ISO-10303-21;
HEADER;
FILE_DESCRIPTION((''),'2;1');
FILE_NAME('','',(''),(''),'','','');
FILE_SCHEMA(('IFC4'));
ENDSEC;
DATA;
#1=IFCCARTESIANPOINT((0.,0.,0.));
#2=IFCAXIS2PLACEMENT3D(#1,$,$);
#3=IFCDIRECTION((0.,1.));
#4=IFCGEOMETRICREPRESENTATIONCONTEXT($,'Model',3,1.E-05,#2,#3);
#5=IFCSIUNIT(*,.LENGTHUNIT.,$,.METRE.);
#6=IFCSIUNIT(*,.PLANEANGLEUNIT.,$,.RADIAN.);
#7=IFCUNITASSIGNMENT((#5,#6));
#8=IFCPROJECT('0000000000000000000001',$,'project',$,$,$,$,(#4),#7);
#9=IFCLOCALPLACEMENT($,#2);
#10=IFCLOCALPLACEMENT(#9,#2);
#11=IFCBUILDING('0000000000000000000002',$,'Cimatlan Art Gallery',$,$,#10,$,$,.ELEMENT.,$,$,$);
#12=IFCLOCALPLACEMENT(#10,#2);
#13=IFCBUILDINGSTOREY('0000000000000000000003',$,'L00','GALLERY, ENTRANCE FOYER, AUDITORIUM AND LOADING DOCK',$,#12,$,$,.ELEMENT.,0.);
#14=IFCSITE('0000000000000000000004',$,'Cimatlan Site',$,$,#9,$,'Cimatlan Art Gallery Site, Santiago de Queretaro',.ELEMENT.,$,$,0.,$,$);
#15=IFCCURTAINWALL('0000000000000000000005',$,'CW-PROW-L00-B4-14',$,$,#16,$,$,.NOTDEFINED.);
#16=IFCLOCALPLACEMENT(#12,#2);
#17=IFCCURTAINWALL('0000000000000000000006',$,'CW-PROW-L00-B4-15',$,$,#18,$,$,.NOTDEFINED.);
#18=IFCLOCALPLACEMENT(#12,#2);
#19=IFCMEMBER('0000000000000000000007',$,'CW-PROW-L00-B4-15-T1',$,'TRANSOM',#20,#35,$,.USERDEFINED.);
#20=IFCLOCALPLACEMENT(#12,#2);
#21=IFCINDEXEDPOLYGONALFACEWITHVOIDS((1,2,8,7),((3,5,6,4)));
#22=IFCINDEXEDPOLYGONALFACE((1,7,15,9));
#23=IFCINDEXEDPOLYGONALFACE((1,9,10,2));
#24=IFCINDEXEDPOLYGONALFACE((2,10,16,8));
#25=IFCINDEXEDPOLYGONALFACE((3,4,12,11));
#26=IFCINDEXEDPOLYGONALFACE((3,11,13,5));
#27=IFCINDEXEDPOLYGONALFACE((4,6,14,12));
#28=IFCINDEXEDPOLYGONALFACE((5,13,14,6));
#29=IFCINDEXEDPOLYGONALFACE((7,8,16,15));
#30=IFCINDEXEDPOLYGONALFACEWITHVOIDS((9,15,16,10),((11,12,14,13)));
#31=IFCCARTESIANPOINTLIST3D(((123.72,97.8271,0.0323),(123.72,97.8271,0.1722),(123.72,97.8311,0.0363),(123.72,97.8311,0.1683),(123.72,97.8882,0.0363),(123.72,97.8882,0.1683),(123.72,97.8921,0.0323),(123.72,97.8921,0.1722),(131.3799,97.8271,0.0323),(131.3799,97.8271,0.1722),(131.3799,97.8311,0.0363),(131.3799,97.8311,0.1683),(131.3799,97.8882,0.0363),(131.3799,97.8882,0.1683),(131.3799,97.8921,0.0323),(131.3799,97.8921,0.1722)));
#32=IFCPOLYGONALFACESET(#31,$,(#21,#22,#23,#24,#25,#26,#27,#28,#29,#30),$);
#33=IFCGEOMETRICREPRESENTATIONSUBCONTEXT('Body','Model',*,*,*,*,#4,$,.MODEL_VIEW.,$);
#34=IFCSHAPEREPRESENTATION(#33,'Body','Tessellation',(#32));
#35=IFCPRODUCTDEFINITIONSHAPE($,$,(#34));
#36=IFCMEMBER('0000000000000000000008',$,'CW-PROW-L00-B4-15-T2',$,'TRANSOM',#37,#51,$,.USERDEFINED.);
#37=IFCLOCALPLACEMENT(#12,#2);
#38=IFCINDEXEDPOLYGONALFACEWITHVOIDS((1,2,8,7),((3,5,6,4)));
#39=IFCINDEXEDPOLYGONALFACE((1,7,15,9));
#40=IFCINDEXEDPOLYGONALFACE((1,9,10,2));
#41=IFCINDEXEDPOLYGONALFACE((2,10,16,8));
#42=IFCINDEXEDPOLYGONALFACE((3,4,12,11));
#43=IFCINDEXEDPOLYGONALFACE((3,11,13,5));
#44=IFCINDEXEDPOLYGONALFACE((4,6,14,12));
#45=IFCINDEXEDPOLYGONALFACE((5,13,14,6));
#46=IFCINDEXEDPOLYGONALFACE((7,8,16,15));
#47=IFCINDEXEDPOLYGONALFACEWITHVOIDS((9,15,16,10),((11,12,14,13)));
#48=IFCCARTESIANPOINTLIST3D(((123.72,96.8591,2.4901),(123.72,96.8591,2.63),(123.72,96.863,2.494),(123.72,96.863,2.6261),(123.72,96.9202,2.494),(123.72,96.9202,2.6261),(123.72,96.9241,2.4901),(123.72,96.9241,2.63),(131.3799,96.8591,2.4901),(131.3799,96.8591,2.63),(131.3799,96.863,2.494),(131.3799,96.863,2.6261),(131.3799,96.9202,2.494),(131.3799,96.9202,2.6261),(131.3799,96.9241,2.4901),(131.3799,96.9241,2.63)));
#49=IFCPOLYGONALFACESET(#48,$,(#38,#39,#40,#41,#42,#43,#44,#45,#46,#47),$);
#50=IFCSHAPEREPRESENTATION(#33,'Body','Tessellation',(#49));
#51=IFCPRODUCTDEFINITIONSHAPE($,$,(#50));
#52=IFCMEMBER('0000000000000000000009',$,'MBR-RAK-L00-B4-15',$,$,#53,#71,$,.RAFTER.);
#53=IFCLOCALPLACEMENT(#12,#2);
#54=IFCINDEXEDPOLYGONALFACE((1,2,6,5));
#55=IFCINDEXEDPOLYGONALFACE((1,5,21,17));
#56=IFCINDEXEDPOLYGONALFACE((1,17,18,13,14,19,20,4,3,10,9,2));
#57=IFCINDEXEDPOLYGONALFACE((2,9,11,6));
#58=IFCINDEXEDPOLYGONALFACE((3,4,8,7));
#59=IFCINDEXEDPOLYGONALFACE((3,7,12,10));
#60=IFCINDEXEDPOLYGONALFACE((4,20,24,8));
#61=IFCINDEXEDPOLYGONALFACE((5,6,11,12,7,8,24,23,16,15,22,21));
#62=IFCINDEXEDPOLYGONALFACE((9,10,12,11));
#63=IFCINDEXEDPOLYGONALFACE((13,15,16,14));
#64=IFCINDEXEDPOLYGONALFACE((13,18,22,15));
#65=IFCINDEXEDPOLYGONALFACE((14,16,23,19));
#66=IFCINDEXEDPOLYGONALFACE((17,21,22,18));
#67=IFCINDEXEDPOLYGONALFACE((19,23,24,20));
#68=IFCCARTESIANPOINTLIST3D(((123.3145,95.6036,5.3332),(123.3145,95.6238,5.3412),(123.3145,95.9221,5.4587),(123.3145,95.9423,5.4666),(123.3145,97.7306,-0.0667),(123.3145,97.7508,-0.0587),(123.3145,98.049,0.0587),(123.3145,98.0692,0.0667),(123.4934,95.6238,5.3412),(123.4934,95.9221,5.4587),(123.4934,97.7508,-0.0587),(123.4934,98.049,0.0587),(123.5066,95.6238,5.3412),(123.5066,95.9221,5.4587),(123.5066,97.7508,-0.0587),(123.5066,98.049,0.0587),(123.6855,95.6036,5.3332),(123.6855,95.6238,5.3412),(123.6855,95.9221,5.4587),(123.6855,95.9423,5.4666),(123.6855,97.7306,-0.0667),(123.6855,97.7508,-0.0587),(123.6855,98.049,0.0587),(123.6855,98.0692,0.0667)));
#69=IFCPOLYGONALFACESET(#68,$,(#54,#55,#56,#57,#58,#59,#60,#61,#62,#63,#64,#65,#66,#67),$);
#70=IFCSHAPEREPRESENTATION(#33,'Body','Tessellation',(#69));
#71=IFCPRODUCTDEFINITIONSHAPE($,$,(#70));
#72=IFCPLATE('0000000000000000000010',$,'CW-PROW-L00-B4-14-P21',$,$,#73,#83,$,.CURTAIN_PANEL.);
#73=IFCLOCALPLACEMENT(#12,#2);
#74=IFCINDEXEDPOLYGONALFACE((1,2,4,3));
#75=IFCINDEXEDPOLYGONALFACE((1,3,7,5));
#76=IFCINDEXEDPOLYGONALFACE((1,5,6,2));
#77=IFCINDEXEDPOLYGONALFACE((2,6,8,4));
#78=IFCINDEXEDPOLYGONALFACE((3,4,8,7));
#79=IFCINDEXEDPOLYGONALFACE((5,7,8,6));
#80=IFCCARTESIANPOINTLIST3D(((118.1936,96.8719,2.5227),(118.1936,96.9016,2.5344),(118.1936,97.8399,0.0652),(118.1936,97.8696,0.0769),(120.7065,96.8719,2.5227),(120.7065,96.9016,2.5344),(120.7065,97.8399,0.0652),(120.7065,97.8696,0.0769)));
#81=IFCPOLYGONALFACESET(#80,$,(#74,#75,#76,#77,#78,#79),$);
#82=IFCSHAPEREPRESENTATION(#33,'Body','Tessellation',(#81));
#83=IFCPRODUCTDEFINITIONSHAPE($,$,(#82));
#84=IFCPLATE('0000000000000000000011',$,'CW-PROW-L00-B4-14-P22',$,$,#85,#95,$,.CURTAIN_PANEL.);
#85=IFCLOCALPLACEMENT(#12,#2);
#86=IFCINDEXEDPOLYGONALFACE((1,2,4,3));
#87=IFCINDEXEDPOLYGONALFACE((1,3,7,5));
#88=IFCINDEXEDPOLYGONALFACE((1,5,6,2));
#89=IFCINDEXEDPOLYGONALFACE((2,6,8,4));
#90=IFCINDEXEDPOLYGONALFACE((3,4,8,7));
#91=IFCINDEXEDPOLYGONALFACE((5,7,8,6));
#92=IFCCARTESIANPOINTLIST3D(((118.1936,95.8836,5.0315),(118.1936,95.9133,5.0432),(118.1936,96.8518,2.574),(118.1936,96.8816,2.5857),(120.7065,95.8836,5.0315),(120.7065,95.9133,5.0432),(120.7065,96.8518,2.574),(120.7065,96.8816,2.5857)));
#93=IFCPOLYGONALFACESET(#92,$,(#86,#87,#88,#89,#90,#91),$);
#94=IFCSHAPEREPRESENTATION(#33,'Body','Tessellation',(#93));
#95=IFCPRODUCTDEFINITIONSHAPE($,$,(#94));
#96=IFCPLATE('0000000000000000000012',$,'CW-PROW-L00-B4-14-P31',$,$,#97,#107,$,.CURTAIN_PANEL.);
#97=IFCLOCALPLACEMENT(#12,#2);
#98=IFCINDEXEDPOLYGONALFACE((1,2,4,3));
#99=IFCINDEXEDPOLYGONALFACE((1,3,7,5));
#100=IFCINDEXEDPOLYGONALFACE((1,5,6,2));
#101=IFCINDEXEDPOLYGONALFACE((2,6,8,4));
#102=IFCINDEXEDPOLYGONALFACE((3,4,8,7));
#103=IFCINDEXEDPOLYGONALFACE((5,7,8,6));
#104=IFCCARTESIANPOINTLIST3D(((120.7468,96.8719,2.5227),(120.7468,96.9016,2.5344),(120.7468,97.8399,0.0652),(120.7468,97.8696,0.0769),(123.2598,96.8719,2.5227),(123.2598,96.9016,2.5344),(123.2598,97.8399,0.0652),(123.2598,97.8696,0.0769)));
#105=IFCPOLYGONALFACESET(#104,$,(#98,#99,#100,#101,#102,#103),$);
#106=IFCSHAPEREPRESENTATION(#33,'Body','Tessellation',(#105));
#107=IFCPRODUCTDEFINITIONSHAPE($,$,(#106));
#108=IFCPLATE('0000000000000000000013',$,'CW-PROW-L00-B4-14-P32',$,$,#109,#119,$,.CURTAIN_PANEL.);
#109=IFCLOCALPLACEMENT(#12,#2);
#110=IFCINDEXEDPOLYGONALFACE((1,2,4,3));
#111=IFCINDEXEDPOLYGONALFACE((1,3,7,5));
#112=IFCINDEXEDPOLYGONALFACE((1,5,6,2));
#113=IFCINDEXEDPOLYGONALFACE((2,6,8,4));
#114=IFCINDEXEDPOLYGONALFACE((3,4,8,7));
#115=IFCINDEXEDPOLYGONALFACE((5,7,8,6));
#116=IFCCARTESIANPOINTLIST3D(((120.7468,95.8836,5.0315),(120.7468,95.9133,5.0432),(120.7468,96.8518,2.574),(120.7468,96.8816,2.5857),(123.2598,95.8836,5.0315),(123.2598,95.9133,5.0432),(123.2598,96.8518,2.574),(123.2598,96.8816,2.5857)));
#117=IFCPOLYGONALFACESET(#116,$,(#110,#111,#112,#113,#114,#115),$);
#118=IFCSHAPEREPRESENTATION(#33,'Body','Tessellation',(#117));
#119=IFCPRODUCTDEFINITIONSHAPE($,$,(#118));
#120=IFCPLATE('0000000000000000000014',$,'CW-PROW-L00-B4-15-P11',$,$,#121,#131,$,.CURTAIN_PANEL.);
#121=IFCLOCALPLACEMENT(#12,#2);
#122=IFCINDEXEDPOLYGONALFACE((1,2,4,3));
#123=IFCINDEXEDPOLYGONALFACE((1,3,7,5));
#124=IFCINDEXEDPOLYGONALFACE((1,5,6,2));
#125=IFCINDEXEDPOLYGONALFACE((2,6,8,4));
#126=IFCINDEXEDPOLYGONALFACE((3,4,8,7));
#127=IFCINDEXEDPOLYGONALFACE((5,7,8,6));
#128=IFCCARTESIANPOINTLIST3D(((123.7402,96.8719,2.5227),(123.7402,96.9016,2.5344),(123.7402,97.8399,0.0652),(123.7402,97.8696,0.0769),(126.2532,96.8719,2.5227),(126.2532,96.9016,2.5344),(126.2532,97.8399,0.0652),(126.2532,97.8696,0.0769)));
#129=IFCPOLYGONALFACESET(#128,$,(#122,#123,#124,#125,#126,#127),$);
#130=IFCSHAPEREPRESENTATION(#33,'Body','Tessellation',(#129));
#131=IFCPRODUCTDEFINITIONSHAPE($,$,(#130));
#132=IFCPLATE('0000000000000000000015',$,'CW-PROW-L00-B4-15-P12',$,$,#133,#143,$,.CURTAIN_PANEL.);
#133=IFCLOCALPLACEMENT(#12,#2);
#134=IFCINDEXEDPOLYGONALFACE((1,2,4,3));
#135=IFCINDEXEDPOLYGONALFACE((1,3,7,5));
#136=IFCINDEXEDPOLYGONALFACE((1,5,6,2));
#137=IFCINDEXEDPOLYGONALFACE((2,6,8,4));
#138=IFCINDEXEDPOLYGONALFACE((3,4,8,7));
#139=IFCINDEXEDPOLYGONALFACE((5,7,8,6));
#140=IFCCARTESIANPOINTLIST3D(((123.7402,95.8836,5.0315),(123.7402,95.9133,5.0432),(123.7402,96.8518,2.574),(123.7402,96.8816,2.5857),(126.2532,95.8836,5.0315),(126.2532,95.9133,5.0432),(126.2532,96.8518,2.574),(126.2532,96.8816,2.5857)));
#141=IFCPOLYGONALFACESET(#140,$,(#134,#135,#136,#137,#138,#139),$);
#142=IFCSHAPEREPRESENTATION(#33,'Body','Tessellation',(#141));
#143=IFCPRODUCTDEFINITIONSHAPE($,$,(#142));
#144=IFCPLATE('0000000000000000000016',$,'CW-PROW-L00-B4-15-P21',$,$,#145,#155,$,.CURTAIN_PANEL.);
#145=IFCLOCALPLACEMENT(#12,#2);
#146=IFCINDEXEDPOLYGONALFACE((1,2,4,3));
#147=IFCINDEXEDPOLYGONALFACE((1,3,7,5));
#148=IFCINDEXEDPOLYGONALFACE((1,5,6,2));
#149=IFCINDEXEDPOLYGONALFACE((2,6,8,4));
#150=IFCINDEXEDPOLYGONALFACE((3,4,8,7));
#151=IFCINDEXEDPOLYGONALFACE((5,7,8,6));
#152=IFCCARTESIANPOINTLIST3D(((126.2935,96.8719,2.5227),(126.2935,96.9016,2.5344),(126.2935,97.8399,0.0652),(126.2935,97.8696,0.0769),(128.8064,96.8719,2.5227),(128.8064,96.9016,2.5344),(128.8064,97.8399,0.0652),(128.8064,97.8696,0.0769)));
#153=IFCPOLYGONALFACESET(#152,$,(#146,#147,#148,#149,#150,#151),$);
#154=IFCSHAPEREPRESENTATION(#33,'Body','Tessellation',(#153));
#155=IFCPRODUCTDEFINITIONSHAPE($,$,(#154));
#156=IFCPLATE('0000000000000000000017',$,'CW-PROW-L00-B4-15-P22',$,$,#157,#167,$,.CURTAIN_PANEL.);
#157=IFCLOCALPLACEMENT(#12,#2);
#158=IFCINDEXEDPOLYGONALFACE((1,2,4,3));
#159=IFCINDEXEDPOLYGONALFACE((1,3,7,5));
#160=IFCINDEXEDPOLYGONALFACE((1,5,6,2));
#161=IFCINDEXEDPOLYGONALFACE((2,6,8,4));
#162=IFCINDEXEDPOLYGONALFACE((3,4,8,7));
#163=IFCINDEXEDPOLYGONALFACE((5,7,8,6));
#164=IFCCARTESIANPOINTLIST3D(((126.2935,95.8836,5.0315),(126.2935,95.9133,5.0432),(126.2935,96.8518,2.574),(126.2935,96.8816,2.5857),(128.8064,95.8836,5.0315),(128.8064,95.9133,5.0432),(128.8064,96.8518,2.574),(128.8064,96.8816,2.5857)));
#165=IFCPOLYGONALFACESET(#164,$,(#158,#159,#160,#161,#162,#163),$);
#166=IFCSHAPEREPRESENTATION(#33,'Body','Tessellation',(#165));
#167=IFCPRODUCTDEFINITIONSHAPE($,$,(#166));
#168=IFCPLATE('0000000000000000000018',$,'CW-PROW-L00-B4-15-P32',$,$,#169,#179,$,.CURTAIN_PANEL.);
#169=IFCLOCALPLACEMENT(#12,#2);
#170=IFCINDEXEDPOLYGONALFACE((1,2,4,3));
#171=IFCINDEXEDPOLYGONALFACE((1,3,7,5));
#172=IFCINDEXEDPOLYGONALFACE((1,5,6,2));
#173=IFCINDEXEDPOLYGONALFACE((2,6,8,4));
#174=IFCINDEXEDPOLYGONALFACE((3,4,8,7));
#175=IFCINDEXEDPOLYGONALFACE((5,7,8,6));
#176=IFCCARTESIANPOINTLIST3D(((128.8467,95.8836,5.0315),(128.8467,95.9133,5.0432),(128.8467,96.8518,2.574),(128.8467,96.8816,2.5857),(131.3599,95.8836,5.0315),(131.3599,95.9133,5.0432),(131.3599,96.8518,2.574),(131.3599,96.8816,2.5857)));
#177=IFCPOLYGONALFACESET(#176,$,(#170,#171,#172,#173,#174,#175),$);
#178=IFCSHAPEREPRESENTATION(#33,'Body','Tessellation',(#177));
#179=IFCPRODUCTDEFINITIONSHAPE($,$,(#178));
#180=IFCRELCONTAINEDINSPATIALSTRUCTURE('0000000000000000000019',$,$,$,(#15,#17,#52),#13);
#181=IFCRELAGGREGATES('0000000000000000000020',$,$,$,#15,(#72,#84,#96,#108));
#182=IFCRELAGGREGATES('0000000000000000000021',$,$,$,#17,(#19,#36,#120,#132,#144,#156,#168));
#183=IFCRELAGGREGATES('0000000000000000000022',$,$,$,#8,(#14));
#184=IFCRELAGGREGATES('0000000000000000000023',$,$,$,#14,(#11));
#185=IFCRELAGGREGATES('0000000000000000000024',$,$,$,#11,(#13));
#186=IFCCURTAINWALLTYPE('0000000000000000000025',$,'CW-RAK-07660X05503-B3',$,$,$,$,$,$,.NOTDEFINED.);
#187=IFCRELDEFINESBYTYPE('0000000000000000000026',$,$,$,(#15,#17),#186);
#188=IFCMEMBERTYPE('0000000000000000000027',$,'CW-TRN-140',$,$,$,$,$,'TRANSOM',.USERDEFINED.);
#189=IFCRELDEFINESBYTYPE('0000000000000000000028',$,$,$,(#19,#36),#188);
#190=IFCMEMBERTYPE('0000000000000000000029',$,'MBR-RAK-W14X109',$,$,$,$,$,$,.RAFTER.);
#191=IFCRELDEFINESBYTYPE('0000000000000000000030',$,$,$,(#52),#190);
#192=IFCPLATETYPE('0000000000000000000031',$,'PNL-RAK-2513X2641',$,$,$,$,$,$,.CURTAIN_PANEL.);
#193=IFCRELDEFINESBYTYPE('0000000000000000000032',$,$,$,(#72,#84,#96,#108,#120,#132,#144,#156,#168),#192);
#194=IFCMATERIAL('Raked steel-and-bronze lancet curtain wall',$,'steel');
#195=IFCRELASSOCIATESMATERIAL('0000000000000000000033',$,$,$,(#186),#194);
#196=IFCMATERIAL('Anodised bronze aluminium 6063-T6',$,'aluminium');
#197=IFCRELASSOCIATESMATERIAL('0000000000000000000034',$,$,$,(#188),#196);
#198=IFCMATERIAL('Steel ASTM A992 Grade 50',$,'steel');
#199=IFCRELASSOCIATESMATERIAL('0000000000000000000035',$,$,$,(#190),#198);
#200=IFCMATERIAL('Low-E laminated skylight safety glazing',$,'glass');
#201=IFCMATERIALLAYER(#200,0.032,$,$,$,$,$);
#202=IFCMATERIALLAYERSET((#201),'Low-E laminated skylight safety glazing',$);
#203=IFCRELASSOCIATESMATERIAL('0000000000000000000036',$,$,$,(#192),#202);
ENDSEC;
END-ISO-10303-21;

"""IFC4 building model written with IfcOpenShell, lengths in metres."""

from ifc_helpers import new_model, si_unit, direction, frame, origin, origin_2d, place, context, subcontext, project, spatial, polyline, hollow_rectangle, i_section, outline, extrude, material, layer, layer_set, material_profile, profile_set, type_object, element, aggregate, save


model = new_model("IFC4")

# Units and contexts
model_context = context("Model", 3, precision=1e-05, world=origin(), true_north=direction((0.0, 1.0)))
body_context = subcontext(model_context, "Body", "Model", "MODEL_VIEW")
ifc_project = project(units=[si_unit("LENGTHUNIT", "METRE"), si_unit("PLANEANGLEUNIT", "RADIAN")], contexts=[model_context])

# Site, building, storey
site_placement = place(None, origin())
site = spatial("IfcSite", under=ifc_project, at=site_placement, Name="Cimatlan Site", LongName="Cimatlan Art Gallery Site, Santiago de Queretaro", CompositionType="ELEMENT", RefElevation=0.0)
building_placement = place(site_placement, origin())
building = spatial("IfcBuilding", under=site, at=building_placement, Name="Cimatlan Art Gallery", CompositionType="ELEMENT")
storey_placement = place(building_placement, origin())
storey = spatial("IfcBuildingStorey", under=building, at=storey_placement, Name="L00", Description="GALLERY, ENTRANCE FOYER, AUDITORIUM AND LOADING DOCK", CompositionType="ELEMENT", Elevation=0.0)

# Curtain walls, members
ifc_material_1 = material(Name="Raked steel-and-bronze lancet curtain wall", Category="steel")
curtain_wall_type = type_object("IfcCurtainWallType", Name="CW-RAK-07660X05503-B3", PredefinedType="NOTDEFINED", material=ifc_material_1)
curtain_wall_1_placement = place(storey_placement, origin())
curtain_wall_1 = element("IfcCurtainWall", 1, at=curtain_wall_1_placement, inside=storey, type_object=curtain_wall_type, Name="CW-PROW-L00-B4-14", PredefinedType="NOTDEFINED")
curtain_wall_2_placement = place(storey_placement, origin())
curtain_wall_2 = element("IfcCurtainWall", 2, at=curtain_wall_2_placement, inside=storey, type_object=curtain_wall_type, Name="CW-PROW-L00-B4-15", PredefinedType="NOTDEFINED")
ifc_material_2 = material(Name="Anodised bronze aluminium 6063-T6", Category="aluminium")
ifc_material_profile_1 = material_profile(ifc_material_2, hollow_rectangle(XDim=0.0649, YDim=0.1399, WallThickness=0.0039, at=origin_2d()), Name="ALU65X140X4")
ifc_profile_set_1 = profile_set([ifc_material_profile_1], Name="Anodised bronze aluminium 6063-T6")
member_type_1 = type_object("IfcMemberType", Name="CW-TRN-140", ElementType="TRANSOM", PredefinedType="USERDEFINED", material=ifc_profile_set_1)
member_1_placement = place(storey_placement, frame((123.72, 97.8596, 0.1023), z_axis=(1.0, 0.0, 0.0), x_axis=(0.0, 1.0, 0.0)))
member_1 = element("IfcMember", 3, at=member_1_placement, type_object=member_type_1, Name="CW-PROW-L00-B4-15-T1", ObjectType="TRANSOM", PredefinedType="USERDEFINED", context=body_context, shape_type="SweptSolid", body=[
    extrude(hollow_rectangle(XDim=0.0649, YDim=0.1399, WallThickness=0.0039, at=origin_2d()), origin(), (0.0, 0.0, 1.0), 7.6599),
])
member_2_placement = place(storey_placement, frame((123.72, 96.8916, 2.5601), z_axis=(1.0, 0.0, 0.0), x_axis=(0.0, 1.0, 0.0)))
member_2 = element("IfcMember", 4, at=member_2_placement, type_object=member_type_1, Name="CW-PROW-L00-B4-15-T2", ObjectType="TRANSOM", PredefinedType="USERDEFINED", context=body_context, shape_type="SweptSolid", body=[
    extrude(hollow_rectangle(XDim=0.0649, YDim=0.1399, WallThickness=0.0039, at=origin_2d()), origin(), (0.0, 0.0, 1.0), 7.6599),
])

# Member
ifc_material_3 = material(Name="Steel ASTM A992 Grade 50", Category="steel")
ifc_material_profile_2 = material_profile(ifc_material_3, i_section(OverallWidth=0.3711, OverallDepth=0.364, WebThickness=0.0132, FlangeThickness=0.0217, at=origin_2d()), Name="W14X109")
ifc_profile_set_2 = profile_set([ifc_material_profile_2], Name="Steel ASTM A992 Grade 50")
member_type_2 = type_object("IfcMemberType", Name="MBR-RAK-W14X109", PredefinedType="RAFTER", material=ifc_profile_set_2)
member_3_placement = place(storey_placement, frame((123.5, 97.8999, 0.0), z_axis=(0.0, -0.366483, 0.930425), x_axis=(1.0, 0.0, 0.0)))
element("IfcMember", 5, at=member_3_placement, inside=storey, type_object=member_type_2, Name="MBR-RAK-L00-B4-15", PredefinedType="RAFTER", context=body_context, shape_type="SweptSolid", body=[
    extrude(i_section(OverallWidth=0.3711, OverallDepth=0.364, WebThickness=0.0132, FlangeThickness=0.0217, at=origin_2d()), origin(), (0.0, 0.0, 1.0), 5.8037),
])

# Plates
ifc_material_4 = material(Name="Low-E laminated skylight safety glazing", Category="glass")
ifc_layer = layer(ifc_material_4, 0.032)
ifc_layer_set = layer_set([ifc_layer], Name="Low-E laminated skylight safety glazing")
plate_type = type_object("IfcPlateType", Name="PNL-RAK-2513X2641", PredefinedType="CURTAIN_PANEL", material=ifc_layer_set)
plate_1_placement = place(storey_placement, frame((118.1936, 97.8696, 0.0769), z_axis=(0.0, 0.930421, 0.366493), x_axis=(1.0, 0.0, 0.0)))
plate_1 = element("IfcPlate", 6, at=plate_1_placement, type_object=plate_type, Name="CW-PROW-L00-B4-14-P21", PredefinedType="CURTAIN_PANEL", context=body_context, shape_type="SweptSolid", body=[
    extrude(outline(polyline([(0.0, 0.0), (2.5129, 0.0), (2.5129, -2.6413), (0.0, -2.6413), (0.0, 0.0)])), origin(), (0.0, 0.0, -1.0), 0.032),
])
plate_2_placement = place(storey_placement, frame((118.1936, 96.8816, 2.5857), z_axis=(0.0, 0.930389, 0.366573), x_axis=(1.0, 0.0, 0.0)))
plate_2 = element("IfcPlate", 7, at=plate_2_placement, type_object=plate_type, Name="CW-PROW-L00-B4-14-P22", PredefinedType="CURTAIN_PANEL", context=body_context, shape_type="SweptSolid", body=[
    extrude(outline(polyline([(0.0, 0.0), (2.5129, 0.0), (2.5129, -2.6414), (0.0, -2.6414), (0.0, 0.0)])), origin(), (0.0, 0.0, -1.0), 0.032),
])
plate_3_placement = place(storey_placement, frame((120.7468, 97.8696, 0.0769), z_axis=(0.0, 0.930421, 0.366493), x_axis=(1.0, 0.0, 0.0)))
plate_3 = element("IfcPlate", 8, at=plate_3_placement, type_object=plate_type, Name="CW-PROW-L00-B4-14-P31", PredefinedType="CURTAIN_PANEL", context=body_context, shape_type="SweptSolid", body=[
    extrude(outline(polyline([(0.0, 0.0), (2.5129, 0.0), (2.5129, -2.6413), (0.0, -2.6413), (0.0, 0.0)])), origin(), (0.0, 0.0, -1.0), 0.032),
])
plate_4_placement = place(storey_placement, frame((120.7468, 96.8816, 2.5857), z_axis=(0.0, 0.930389, 0.366573), x_axis=(1.0, 0.0, 0.0)))
plate_4 = element("IfcPlate", 9, at=plate_4_placement, type_object=plate_type, Name="CW-PROW-L00-B4-14-P32", PredefinedType="CURTAIN_PANEL", context=body_context, shape_type="SweptSolid", body=[
    extrude(outline(polyline([(0.0, 0.0), (2.5129, 0.0), (2.5129, -2.6414), (0.0, -2.6414), (0.0, 0.0)])), origin(), (0.0, 0.0, -1.0), 0.032),
])
aggregate(curtain_wall_1, [plate_1, plate_2, plate_3, plate_4])
plate_5_placement = place(storey_placement, frame((123.7402, 97.8696, 0.0769), z_axis=(0.0, 0.930421, 0.366493), x_axis=(1.0, 0.0, 0.0)))
plate_5 = element("IfcPlate", 10, at=plate_5_placement, type_object=plate_type, Name="CW-PROW-L00-B4-15-P11", PredefinedType="CURTAIN_PANEL", context=body_context, shape_type="SweptSolid", body=[
    extrude(outline(polyline([(0.0, 0.0), (2.5129, 0.0), (2.5129, -2.6413), (0.0, -2.6413), (0.0, 0.0)])), origin(), (0.0, 0.0, -1.0), 0.032),
])
plate_6_placement = place(storey_placement, frame((123.7402, 96.8816, 2.5857), z_axis=(0.0, 0.930389, 0.366573), x_axis=(1.0, 0.0, 0.0)))
plate_6 = element("IfcPlate", 11, at=plate_6_placement, type_object=plate_type, Name="CW-PROW-L00-B4-15-P12", PredefinedType="CURTAIN_PANEL", context=body_context, shape_type="SweptSolid", body=[
    extrude(outline(polyline([(0.0, 0.0), (2.5129, 0.0), (2.5129, -2.6414), (0.0, -2.6414), (0.0, 0.0)])), origin(), (0.0, 0.0, -1.0), 0.032),
])
plate_7_placement = place(storey_placement, frame((126.2935, 97.8696, 0.0769), z_axis=(0.0, 0.930421, 0.366493), x_axis=(1.0, 0.0, 0.0)))
plate_7 = element("IfcPlate", 12, at=plate_7_placement, type_object=plate_type, Name="CW-PROW-L00-B4-15-P21", PredefinedType="CURTAIN_PANEL", context=body_context, shape_type="SweptSolid", body=[
    extrude(outline(polyline([(0.0, 0.0), (2.5129, 0.0), (2.5129, -2.6413), (0.0, -2.6413), (0.0, 0.0)])), origin(), (0.0, 0.0, -1.0), 0.032),
])
plate_8_placement = place(storey_placement, frame((126.2935, 96.8816, 2.5857), z_axis=(0.0, 0.930389, 0.366573), x_axis=(1.0, 0.0, 0.0)))
plate_8 = element("IfcPlate", 13, at=plate_8_placement, type_object=plate_type, Name="CW-PROW-L00-B4-15-P22", PredefinedType="CURTAIN_PANEL", context=body_context, shape_type="SweptSolid", body=[
    extrude(outline(polyline([(0.0, 0.0), (2.5129, 0.0), (2.5129, -2.6414), (0.0, -2.6414), (0.0, 0.0)])), origin(), (0.0, 0.0, -1.0), 0.032),
])
plate_9_placement = place(storey_placement, frame((128.8467, 96.8816, 2.5857), z_axis=(0.0, 0.930389, 0.366573), x_axis=(1.0, 0.0, 0.0)))
plate_9 = element("IfcPlate", 14, at=plate_9_placement, type_object=plate_type, Name="CW-PROW-L00-B4-15-P32", PredefinedType="CURTAIN_PANEL", context=body_context, shape_type="SweptSolid", body=[
    extrude(outline(polyline([(0.0, 0.0), (2.5132, 0.0), (2.5132, -2.6414), (0.0, -2.6414), (0.0, 0.0)])), origin(), (0.0, 0.0, -1.0), 0.032),
])
aggregate(curtain_wall_2, [member_1, member_2, plate_5, plate_6, plate_7, plate_8, plate_9])

save(model, "model.ifc")
